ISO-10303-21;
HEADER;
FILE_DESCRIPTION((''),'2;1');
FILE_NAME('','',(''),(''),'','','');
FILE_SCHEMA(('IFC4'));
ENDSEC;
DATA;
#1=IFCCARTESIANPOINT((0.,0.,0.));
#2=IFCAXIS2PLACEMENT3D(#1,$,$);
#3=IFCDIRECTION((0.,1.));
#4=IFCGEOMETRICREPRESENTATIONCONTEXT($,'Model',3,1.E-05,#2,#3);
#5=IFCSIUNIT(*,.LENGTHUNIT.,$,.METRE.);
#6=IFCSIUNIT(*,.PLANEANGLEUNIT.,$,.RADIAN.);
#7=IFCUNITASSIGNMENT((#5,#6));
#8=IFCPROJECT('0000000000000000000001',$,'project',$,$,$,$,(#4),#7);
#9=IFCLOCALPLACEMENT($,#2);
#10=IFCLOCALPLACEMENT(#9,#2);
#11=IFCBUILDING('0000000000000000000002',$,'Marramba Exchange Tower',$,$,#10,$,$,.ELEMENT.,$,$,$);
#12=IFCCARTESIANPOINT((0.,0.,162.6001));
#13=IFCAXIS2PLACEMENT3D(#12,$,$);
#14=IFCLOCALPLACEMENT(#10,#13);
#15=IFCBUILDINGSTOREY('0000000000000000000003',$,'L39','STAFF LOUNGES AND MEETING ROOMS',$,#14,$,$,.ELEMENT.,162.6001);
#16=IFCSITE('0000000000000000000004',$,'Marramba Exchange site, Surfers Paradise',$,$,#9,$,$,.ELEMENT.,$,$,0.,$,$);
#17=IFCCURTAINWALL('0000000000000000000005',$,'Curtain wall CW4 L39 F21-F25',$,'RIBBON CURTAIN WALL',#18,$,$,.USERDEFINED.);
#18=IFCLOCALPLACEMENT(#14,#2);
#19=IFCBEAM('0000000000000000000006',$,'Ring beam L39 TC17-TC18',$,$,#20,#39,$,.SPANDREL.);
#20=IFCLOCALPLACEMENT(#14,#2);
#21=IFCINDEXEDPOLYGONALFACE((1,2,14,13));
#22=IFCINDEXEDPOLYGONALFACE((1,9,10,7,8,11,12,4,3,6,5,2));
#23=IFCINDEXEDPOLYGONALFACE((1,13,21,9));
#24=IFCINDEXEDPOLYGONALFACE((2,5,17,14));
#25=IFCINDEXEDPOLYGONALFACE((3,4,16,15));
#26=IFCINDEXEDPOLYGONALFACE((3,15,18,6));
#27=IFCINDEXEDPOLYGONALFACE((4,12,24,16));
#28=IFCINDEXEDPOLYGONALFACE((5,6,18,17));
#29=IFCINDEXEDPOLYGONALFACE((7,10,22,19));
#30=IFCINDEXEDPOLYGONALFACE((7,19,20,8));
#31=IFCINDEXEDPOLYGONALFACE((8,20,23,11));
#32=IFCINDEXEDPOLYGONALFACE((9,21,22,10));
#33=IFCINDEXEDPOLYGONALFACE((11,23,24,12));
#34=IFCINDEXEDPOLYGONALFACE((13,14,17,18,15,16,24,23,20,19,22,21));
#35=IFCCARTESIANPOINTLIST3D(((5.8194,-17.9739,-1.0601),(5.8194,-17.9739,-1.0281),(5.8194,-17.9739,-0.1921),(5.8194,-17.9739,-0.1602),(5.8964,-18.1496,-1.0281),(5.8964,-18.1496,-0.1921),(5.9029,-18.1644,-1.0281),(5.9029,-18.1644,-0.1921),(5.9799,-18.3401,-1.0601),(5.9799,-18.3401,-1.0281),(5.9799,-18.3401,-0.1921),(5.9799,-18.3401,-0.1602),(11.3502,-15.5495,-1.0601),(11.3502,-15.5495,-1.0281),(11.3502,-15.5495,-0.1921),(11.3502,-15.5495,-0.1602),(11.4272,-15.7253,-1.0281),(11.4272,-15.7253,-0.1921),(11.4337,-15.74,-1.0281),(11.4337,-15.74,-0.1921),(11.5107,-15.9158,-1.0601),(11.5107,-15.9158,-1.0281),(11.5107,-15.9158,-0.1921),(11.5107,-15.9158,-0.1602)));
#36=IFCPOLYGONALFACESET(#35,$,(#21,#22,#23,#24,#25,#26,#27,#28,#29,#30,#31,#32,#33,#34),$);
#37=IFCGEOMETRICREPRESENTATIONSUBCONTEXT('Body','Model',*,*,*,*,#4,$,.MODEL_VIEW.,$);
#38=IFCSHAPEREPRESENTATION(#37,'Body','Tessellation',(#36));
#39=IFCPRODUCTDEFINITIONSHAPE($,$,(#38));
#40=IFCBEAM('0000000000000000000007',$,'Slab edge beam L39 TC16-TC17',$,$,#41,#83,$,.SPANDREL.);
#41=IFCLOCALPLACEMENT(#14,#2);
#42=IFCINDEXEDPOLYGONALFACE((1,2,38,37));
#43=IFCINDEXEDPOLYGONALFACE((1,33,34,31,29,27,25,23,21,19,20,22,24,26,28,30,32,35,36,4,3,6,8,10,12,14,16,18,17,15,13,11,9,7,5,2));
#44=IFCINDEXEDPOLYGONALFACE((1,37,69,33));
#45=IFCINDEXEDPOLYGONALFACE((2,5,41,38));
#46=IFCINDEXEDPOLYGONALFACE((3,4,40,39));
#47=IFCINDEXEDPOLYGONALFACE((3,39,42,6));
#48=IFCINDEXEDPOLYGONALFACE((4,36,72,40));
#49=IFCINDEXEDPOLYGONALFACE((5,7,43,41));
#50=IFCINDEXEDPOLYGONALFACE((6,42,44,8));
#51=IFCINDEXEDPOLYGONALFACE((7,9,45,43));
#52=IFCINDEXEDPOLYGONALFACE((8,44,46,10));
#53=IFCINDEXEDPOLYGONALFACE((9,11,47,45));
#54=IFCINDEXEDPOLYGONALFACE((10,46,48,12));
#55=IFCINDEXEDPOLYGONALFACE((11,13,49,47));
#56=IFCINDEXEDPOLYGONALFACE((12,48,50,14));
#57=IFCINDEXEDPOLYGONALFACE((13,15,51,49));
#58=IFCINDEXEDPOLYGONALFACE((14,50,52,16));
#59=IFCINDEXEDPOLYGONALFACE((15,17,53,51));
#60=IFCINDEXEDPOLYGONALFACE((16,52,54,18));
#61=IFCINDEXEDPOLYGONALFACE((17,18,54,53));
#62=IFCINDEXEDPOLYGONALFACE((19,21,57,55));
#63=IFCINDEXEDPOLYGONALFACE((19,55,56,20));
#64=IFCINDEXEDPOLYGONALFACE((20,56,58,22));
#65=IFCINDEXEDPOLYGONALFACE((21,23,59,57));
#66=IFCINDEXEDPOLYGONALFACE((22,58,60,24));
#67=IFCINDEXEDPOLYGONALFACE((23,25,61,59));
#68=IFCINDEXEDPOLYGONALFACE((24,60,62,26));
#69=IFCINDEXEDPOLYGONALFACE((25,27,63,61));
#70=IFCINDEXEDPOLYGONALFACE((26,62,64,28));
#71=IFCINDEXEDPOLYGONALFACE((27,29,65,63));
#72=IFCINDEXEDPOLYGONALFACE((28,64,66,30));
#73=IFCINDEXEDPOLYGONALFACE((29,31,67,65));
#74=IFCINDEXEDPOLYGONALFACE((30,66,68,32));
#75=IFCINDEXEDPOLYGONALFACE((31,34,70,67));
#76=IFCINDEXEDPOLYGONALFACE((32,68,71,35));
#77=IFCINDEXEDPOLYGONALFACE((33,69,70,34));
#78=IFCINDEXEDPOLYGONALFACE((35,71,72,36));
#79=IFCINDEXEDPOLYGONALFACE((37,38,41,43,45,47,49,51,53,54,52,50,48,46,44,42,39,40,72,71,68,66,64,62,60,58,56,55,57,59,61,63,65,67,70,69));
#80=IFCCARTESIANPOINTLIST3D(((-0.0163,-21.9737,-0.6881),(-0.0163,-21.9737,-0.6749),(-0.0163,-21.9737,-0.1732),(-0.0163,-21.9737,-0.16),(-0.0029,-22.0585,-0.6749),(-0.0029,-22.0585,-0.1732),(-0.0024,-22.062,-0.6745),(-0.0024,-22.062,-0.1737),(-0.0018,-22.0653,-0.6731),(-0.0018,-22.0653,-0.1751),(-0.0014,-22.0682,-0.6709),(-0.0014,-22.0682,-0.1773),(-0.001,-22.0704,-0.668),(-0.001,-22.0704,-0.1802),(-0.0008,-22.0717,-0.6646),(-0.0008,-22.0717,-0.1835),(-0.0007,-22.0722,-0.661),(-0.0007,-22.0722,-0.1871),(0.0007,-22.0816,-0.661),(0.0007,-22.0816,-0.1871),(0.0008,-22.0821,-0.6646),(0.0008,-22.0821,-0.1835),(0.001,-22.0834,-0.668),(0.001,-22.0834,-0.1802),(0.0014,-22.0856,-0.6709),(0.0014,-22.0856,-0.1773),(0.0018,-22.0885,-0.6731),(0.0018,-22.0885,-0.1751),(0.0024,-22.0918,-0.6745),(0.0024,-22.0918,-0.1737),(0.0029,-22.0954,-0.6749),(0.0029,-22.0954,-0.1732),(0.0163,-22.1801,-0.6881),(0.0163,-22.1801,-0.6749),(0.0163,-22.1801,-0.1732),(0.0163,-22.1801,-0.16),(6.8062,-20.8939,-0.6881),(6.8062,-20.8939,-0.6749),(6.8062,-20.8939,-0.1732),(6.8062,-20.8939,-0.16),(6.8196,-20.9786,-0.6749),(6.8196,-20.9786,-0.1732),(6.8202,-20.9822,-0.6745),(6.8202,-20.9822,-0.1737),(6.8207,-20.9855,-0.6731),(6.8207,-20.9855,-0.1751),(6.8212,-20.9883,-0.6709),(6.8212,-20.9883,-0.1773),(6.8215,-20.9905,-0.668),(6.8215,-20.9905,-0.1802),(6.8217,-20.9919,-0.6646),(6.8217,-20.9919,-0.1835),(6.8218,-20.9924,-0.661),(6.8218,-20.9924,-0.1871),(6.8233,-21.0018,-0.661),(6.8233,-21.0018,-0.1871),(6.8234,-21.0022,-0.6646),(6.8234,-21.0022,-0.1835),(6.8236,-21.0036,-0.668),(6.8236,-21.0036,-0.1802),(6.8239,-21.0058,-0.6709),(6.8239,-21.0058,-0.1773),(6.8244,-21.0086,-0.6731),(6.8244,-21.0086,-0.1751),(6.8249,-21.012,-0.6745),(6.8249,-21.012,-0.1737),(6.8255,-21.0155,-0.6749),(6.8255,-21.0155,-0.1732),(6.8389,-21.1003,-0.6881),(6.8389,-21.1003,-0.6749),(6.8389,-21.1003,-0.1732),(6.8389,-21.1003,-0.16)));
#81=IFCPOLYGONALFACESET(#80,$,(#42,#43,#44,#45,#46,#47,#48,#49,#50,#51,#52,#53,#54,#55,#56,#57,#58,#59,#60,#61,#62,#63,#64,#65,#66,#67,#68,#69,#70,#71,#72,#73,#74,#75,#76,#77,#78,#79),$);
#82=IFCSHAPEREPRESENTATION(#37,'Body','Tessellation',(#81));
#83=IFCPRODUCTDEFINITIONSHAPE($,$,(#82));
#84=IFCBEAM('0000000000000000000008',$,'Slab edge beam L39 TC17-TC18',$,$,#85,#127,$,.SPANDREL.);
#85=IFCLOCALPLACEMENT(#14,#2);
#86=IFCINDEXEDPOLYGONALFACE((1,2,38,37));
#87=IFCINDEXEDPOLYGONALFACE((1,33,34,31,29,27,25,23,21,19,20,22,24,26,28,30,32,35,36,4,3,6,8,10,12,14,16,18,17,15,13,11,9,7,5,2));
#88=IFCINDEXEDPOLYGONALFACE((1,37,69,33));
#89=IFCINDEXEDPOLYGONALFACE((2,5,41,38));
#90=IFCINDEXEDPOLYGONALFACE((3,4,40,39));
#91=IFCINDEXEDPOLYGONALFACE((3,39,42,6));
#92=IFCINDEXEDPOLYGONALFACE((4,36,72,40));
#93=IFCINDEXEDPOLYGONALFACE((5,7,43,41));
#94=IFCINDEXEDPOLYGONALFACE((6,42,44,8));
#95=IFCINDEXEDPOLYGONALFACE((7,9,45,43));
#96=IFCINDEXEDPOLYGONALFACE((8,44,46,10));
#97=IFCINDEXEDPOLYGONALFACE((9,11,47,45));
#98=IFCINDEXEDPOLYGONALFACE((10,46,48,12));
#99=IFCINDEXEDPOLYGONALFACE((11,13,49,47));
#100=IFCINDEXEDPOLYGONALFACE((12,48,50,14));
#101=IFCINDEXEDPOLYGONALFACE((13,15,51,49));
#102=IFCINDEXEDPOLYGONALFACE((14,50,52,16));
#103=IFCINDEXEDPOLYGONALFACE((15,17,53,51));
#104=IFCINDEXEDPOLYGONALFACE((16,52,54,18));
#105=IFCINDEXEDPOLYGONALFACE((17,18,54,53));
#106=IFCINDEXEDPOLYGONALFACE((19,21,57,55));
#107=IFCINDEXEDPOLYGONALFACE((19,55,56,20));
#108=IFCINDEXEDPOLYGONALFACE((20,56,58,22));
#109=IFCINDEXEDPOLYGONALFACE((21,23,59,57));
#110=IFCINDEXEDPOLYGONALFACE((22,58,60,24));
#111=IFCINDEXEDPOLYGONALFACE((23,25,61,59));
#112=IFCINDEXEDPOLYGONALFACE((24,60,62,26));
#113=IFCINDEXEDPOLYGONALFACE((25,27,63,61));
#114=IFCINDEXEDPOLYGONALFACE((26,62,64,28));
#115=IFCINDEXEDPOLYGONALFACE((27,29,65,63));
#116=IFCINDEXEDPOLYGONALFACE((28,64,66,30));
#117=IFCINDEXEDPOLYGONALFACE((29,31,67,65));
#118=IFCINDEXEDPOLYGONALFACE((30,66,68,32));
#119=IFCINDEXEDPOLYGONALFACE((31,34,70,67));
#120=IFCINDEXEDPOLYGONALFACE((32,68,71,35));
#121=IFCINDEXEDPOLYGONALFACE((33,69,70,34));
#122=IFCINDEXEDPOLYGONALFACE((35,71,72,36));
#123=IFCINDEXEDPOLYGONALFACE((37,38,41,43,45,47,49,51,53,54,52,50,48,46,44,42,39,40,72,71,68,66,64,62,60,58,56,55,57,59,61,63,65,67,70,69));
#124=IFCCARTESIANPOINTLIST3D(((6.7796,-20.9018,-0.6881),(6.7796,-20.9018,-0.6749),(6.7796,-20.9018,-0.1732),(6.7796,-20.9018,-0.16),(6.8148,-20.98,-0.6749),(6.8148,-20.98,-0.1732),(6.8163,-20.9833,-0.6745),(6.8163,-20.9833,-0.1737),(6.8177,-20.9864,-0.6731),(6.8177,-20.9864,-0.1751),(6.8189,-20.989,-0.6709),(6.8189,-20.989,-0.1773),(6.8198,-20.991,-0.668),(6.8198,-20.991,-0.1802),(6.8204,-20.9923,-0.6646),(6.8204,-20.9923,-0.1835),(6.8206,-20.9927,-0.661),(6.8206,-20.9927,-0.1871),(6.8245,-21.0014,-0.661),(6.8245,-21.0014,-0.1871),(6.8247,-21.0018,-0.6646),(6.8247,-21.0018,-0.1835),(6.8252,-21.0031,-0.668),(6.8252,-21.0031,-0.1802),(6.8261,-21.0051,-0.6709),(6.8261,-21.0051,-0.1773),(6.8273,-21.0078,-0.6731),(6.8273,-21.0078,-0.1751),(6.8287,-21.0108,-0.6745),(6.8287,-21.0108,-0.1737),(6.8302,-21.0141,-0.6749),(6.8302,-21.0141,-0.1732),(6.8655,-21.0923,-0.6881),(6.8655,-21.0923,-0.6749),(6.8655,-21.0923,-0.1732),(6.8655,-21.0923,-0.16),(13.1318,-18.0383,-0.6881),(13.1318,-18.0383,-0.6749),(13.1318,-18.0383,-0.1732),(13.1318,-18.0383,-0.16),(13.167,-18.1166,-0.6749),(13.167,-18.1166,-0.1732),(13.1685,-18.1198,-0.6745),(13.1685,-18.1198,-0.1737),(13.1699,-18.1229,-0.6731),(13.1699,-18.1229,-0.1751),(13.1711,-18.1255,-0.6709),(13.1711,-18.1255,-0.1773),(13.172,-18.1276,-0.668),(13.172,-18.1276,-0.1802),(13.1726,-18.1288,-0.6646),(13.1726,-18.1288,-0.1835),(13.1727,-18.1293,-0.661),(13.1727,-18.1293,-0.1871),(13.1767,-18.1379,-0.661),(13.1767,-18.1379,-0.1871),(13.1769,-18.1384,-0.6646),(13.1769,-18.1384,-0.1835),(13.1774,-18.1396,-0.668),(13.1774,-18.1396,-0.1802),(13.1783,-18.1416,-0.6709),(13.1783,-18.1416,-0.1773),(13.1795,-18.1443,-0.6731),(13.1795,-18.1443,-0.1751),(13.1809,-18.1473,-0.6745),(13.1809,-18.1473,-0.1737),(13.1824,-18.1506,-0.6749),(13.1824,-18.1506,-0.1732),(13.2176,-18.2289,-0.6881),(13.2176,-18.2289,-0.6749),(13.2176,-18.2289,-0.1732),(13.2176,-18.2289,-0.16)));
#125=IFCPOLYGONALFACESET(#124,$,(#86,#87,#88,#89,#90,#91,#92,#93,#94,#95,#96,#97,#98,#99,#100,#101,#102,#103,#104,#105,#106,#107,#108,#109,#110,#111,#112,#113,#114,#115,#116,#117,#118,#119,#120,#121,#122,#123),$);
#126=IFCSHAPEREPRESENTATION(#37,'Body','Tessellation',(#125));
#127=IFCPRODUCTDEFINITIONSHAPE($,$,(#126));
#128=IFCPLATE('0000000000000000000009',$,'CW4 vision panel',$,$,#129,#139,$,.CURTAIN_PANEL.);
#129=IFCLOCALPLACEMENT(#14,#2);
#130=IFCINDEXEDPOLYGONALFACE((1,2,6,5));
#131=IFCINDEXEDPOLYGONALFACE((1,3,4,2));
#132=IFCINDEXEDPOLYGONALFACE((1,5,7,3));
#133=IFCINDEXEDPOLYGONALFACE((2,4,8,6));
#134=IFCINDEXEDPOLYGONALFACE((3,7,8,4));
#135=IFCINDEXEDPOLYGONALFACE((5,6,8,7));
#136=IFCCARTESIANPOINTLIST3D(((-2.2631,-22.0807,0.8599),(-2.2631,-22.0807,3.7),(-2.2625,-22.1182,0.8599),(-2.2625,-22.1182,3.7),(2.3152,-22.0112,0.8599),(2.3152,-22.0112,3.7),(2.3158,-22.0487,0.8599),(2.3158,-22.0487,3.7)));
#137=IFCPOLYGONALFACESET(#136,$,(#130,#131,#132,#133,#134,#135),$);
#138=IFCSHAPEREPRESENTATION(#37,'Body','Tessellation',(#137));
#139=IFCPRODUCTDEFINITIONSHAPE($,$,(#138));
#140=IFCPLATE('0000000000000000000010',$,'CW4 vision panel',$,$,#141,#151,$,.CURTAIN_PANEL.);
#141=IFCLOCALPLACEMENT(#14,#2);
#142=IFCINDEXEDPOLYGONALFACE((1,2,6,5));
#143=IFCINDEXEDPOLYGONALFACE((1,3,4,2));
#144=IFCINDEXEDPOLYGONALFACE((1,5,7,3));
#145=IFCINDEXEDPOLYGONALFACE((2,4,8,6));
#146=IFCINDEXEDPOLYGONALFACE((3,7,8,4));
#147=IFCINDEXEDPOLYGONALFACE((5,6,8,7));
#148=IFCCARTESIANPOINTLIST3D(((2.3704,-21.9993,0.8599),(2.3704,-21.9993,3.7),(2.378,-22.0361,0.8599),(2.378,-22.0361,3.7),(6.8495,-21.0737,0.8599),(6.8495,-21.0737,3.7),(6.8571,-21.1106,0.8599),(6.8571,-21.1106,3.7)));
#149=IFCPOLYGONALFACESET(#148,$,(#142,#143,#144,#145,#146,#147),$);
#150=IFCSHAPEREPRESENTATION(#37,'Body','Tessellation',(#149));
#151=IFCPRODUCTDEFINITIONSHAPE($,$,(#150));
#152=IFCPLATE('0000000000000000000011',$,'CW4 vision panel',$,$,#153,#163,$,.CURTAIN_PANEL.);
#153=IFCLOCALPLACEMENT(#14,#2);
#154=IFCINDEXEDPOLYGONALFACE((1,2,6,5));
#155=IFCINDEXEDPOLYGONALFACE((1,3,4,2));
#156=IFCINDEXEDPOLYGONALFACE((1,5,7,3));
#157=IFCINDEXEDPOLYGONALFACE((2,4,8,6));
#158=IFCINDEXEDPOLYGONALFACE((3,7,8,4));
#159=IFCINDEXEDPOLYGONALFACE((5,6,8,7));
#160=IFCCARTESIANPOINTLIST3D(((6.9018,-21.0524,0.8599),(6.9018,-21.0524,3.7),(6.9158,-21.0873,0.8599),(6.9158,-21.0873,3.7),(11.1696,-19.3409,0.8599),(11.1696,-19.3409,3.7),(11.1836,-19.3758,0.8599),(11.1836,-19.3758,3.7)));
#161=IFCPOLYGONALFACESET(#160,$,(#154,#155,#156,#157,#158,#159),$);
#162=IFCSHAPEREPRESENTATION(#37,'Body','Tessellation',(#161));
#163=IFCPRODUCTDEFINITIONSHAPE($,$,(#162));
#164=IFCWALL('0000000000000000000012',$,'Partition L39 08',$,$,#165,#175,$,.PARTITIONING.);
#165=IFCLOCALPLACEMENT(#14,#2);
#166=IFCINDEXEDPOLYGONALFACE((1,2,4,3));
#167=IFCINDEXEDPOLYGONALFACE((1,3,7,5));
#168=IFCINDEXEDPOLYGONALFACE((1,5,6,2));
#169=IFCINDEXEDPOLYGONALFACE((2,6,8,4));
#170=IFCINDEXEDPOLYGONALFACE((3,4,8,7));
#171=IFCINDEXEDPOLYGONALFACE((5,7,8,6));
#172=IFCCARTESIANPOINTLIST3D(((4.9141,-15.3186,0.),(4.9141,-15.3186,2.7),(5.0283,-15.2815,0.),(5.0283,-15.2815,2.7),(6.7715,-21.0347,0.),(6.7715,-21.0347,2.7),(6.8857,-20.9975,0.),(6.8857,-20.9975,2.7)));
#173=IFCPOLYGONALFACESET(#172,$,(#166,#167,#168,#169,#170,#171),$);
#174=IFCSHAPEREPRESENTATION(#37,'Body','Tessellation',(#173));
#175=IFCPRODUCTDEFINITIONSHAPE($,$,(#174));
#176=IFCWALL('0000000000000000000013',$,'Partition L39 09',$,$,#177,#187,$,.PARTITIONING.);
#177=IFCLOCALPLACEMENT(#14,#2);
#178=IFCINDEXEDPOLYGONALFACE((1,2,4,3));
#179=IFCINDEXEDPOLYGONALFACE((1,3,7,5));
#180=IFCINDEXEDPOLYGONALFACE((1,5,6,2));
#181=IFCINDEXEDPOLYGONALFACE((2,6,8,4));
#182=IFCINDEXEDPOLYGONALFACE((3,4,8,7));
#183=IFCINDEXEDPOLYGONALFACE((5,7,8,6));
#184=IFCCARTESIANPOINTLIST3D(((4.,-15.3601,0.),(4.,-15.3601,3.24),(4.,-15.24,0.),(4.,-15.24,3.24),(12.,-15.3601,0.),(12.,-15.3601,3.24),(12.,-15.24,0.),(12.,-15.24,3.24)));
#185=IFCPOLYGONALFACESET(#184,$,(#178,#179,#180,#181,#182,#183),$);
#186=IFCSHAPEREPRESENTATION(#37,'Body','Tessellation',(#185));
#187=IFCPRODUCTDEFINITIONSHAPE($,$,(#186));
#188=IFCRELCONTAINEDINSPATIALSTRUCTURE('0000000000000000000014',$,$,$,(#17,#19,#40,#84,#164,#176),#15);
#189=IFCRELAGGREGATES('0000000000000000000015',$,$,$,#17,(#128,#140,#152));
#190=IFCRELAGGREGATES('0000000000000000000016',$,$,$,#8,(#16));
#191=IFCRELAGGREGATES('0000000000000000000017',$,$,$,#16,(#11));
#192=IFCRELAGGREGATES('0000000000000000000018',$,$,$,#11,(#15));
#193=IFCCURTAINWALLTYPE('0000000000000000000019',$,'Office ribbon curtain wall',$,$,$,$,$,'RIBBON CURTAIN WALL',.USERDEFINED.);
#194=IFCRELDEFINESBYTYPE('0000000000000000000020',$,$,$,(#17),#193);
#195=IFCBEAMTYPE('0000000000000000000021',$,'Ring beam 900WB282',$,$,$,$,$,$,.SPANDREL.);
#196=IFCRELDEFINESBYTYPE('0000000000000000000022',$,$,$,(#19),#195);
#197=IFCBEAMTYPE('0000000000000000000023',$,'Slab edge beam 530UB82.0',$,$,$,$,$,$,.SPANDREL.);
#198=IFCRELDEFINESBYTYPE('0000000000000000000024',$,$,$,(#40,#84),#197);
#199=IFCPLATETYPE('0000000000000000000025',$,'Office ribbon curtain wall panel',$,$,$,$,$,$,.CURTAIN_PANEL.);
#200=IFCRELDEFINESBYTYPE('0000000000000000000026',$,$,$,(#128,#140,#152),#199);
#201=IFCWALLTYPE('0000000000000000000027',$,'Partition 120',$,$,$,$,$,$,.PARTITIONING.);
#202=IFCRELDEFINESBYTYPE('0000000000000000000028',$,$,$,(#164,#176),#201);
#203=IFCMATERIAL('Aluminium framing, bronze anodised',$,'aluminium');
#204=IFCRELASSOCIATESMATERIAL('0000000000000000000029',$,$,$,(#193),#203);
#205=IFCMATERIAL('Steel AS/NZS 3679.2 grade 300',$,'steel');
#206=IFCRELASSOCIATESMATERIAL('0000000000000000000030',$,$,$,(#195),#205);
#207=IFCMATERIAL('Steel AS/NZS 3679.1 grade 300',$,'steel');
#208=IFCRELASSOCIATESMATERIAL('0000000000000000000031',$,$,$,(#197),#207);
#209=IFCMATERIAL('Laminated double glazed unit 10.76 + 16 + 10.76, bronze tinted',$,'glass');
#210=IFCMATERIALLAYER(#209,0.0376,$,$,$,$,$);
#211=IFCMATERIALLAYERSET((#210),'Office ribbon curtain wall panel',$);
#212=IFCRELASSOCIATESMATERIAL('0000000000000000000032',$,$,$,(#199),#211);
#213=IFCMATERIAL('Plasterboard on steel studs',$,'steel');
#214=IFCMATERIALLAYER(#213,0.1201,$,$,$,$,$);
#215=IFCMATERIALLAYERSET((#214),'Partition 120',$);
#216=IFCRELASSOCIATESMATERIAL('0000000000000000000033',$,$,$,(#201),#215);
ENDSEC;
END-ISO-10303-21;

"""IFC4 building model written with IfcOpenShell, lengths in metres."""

from ifc_helpers import new_model, si_unit, direction, frame, frame_2d, origin, origin_2d, place, context, subcontext, project, spatial, rectangle, i_section, extrude, material, layer, layer_set, material_profile, profile_set, type_object, element, aggregate, save


model = new_model("IFC4")

# Units and contexts
model_context = context("Model", 3, precision=1e-05, world=origin(), true_north=direction((0.0, 1.0)))
body_context = subcontext(model_context, "Body", "Model", "MODEL_VIEW")
ifc_project = project(units=[si_unit("LENGTHUNIT", "METRE"), si_unit("PLANEANGLEUNIT", "RADIAN")], contexts=[model_context])

# Site, building, storey
site_placement = place(None, origin())
site = spatial("IfcSite", under=ifc_project, at=site_placement, Name="Marramba Exchange site, Surfers Paradise", CompositionType="ELEMENT", RefElevation=0.0)
building_placement = place(site_placement, origin())
building = spatial("IfcBuilding", under=site, at=building_placement, Name="Marramba Exchange Tower", CompositionType="ELEMENT")
storey_placement = place(building_placement, frame((0.0, 0.0, 162.6001)))
storey = spatial("IfcBuildingStorey", under=building, at=storey_placement, Name="L39", Description="STAFF LOUNGES AND MEETING ROOMS", CompositionType="ELEMENT", Elevation=162.6001)

# Shared definitions
ifc_material_1 = material(Name="Steel AS/NZS 3679.2 grade 300", Category="steel")
ifc_material_2 = material(Name="Steel AS/NZS 3679.1 grade 300", Category="steel")

# Curtain wall
ifc_material_3 = material(Name="Aluminium framing, bronze anodised", Category="aluminium")
curtain_wall_type = type_object("IfcCurtainWallType", Name="Office ribbon curtain wall", ElementType="RIBBON CURTAIN WALL", PredefinedType="USERDEFINED", material=ifc_material_3)
curtain_wall_1_placement = place(storey_placement, origin())
curtain_wall_1 = element("IfcCurtainWall", 1, at=curtain_wall_1_placement, inside=storey, type_object=curtain_wall_type, Name="Curtain wall CW4 L39 F21-F25", ObjectType="RIBBON CURTAIN WALL", PredefinedType="USERDEFINED")

# Beams
ifc_material_profile_1 = material_profile(ifc_material_1, i_section(OverallWidth=0.3999, OverallDepth=0.8999, WebThickness=0.0161, FlangeThickness=0.032, at=origin_2d()), Name="900WB282")
ifc_profile_set_1 = profile_set([ifc_material_profile_1], Name="Steel AS/NZS 3679.2 grade 300")
beam_type_1 = type_object("IfcBeamType", Name="Ring beam 900WB282", PredefinedType="SPANDREL", material=ifc_profile_set_1)
beam_1_placement = place(storey_placement, frame((5.8997, -18.157, -0.6101), z_axis=(0.915877, 0.401459, 0.0), x_axis=(-0.401459, 0.915877, 0.0)))
element("IfcBeam", 2, at=beam_1_placement, inside=storey, type_object=beam_type_1, Name="Ring beam L39 TC17-TC18", PredefinedType="SPANDREL", context=body_context, shape_type="SweptSolid", body=[
    extrude(i_section(OverallWidth=0.3999, OverallDepth=0.8999, WebThickness=0.0161, FlangeThickness=0.032, at=origin_2d()), origin(), (0.0, 0.0, 1.0), 6.0388),
])
ifc_material_profile_2 = material_profile(ifc_material_2, i_section(OverallWidth=0.209, OverallDepth=0.5281, WebThickness=0.0095, FlangeThickness=0.0132, FilletRadius=0.0139, at=origin_2d()), Name="530UB82.0")
ifc_profile_set_2 = profile_set([ifc_material_profile_2], Name="Steel AS/NZS 3679.1 grade 300")
beam_type_2 = type_object("IfcBeamType", Name="Slab edge beam 530UB82.0", PredefinedType="SPANDREL", material=ifc_profile_set_2)
beam_2_placement = place(storey_placement, frame((0.0, -22.0769, -0.4241), z_axis=(0.987705, 0.156329, 0.0), x_axis=(-0.156329, 0.987705, 0.0)))
element("IfcBeam", 3, at=beam_2_placement, inside=storey, type_object=beam_type_2, Name="Slab edge beam L39 TC16-TC17", PredefinedType="SPANDREL", context=body_context, shape_type="SweptSolid", body=[
    extrude(i_section(OverallWidth=0.209, OverallDepth=0.5281, WebThickness=0.0095, FlangeThickness=0.0132, FilletRadius=0.0139, at=origin_2d()), origin(), (0.0, 0.0, 1.0), 6.9075),
])
beam_3_placement = place(storey_placement, frame((6.8225, -20.9971, -0.4241), z_axis=(0.911653, 0.41096, 0.0), x_axis=(-0.41096, 0.911653, 0.0)))
element("IfcBeam", 4, at=beam_3_placement, inside=storey, type_object=beam_type_2, Name="Slab edge beam L39 TC17-TC18", PredefinedType="SPANDREL", context=body_context, shape_type="SweptSolid", body=[
    extrude(i_section(OverallWidth=0.209, OverallDepth=0.5281, WebThickness=0.0095, FlangeThickness=0.0132, FilletRadius=0.0139, at=origin_2d()), origin(), (0.0, 0.0, 1.0), 6.9678),
])

# Plates
ifc_material_4 = material(Name="Laminated double glazed unit 10.76 + 16 + 10.76, bronze tinted", Category="glass")
ifc_layer_1 = layer(ifc_material_4, 0.0376)
ifc_layer_set_1 = layer_set([ifc_layer_1], Name="Office ribbon curtain wall panel")
plate_type = type_object("IfcPlateType", Name="Office ribbon curtain wall panel", PredefinedType="CURTAIN_PANEL", material=ifc_layer_set_1)
plate_1_placement = place(storey_placement, frame((0.0264, -22.0647, 0.8599), z_axis=(0.0, 0.0, 1.0), x_axis=(0.999885, 0.015179, 0.0)))
plate_1 = element("IfcPlate", 5, at=plate_1_placement, type_object=plate_type, Name="CW4 vision panel", PredefinedType="CURTAIN_PANEL", context=body_context, shape_type="SweptSolid", body=[
    extrude(rectangle(XDim=4.5789, YDim=0.0376, at=origin_2d()), origin(), (0.0, 0.0, 1.0), 2.8401),
])
plate_2_placement = place(storey_placement, frame((4.6138, -21.5549, 0.8599), z_axis=(0.0, 0.0, 1.0), x_axis=(0.97931, 0.202365, 0.0)))
plate_2 = element("IfcPlate", 6, at=plate_2_placement, type_object=plate_type, Name="CW4 vision panel", PredefinedType="CURTAIN_PANEL", context=body_context, shape_type="SweptSolid", body=[
    extrude(rectangle(XDim=4.5737, YDim=0.0376, at=origin_2d()), origin(), (0.0, 0.0, 1.0), 2.8401),
])
plate_3_placement = place(storey_placement, frame((9.0427, -20.2141, 0.8599), z_axis=(0.0, 0.0, 1.0), x_axis=(0.928149, 0.372209, 0.0)))
plate_3 = element("IfcPlate", 7, at=plate_3_placement, type_object=plate_type, Name="CW4 vision panel", PredefinedType="CURTAIN_PANEL", context=body_context, shape_type="SweptSolid", body=[
    extrude(rectangle(XDim=4.5981, YDim=0.0376, at=origin_2d()), origin(), (0.0, 0.0, 1.0), 2.8401),
])
aggregate(curtain_wall_1, [plate_1, plate_2, plate_3])

# Walls
ifc_material_5 = material(Name="Plasterboard on steel studs", Category="steel")
ifc_layer_2 = layer(ifc_material_5, 0.1201)
ifc_layer_set_2 = layer_set([ifc_layer_2], Name="Partition 120")
wall_type = type_object("IfcWallType", Name="Partition 120", PredefinedType="PARTITIONING", material=ifc_layer_set_2)
wall_1_placement = place(storey_placement, frame((4.9712, -15.3, 0.0), z_axis=(0.0, 0.0, 1.0), x_axis=(0.309041, -0.951049, 0.0)))
element("IfcWall", 8, at=wall_1_placement, inside=storey, type_object=wall_type, Name="Partition L39 08", PredefinedType="PARTITIONING", context=body_context, shape_type="SweptSolid", body=[
    extrude(rectangle(XDim=6.0103, YDim=0.1201, at=frame_2d((3.0051, 0.0))), origin(), (0.0, 0.0, 1.0), 2.7),
])
wall_2_placement = place(storey_placement, frame((4.0, -15.3, 0.0), z_axis=(0.0, 0.0, 1.0), x_axis=(1.0, 0.0, 0.0)))
element("IfcWall", 9, at=wall_2_placement, inside=storey, type_object=wall_type, Name="Partition L39 09", PredefinedType="PARTITIONING", context=body_context, shape_type="SweptSolid", body=[
    extrude(rectangle(XDim=8.0, YDim=0.1201, at=frame_2d((4.0, 0.0))), origin(), (0.0, 0.0, 1.0), 3.24),
])

save(model, "model.ifc")
